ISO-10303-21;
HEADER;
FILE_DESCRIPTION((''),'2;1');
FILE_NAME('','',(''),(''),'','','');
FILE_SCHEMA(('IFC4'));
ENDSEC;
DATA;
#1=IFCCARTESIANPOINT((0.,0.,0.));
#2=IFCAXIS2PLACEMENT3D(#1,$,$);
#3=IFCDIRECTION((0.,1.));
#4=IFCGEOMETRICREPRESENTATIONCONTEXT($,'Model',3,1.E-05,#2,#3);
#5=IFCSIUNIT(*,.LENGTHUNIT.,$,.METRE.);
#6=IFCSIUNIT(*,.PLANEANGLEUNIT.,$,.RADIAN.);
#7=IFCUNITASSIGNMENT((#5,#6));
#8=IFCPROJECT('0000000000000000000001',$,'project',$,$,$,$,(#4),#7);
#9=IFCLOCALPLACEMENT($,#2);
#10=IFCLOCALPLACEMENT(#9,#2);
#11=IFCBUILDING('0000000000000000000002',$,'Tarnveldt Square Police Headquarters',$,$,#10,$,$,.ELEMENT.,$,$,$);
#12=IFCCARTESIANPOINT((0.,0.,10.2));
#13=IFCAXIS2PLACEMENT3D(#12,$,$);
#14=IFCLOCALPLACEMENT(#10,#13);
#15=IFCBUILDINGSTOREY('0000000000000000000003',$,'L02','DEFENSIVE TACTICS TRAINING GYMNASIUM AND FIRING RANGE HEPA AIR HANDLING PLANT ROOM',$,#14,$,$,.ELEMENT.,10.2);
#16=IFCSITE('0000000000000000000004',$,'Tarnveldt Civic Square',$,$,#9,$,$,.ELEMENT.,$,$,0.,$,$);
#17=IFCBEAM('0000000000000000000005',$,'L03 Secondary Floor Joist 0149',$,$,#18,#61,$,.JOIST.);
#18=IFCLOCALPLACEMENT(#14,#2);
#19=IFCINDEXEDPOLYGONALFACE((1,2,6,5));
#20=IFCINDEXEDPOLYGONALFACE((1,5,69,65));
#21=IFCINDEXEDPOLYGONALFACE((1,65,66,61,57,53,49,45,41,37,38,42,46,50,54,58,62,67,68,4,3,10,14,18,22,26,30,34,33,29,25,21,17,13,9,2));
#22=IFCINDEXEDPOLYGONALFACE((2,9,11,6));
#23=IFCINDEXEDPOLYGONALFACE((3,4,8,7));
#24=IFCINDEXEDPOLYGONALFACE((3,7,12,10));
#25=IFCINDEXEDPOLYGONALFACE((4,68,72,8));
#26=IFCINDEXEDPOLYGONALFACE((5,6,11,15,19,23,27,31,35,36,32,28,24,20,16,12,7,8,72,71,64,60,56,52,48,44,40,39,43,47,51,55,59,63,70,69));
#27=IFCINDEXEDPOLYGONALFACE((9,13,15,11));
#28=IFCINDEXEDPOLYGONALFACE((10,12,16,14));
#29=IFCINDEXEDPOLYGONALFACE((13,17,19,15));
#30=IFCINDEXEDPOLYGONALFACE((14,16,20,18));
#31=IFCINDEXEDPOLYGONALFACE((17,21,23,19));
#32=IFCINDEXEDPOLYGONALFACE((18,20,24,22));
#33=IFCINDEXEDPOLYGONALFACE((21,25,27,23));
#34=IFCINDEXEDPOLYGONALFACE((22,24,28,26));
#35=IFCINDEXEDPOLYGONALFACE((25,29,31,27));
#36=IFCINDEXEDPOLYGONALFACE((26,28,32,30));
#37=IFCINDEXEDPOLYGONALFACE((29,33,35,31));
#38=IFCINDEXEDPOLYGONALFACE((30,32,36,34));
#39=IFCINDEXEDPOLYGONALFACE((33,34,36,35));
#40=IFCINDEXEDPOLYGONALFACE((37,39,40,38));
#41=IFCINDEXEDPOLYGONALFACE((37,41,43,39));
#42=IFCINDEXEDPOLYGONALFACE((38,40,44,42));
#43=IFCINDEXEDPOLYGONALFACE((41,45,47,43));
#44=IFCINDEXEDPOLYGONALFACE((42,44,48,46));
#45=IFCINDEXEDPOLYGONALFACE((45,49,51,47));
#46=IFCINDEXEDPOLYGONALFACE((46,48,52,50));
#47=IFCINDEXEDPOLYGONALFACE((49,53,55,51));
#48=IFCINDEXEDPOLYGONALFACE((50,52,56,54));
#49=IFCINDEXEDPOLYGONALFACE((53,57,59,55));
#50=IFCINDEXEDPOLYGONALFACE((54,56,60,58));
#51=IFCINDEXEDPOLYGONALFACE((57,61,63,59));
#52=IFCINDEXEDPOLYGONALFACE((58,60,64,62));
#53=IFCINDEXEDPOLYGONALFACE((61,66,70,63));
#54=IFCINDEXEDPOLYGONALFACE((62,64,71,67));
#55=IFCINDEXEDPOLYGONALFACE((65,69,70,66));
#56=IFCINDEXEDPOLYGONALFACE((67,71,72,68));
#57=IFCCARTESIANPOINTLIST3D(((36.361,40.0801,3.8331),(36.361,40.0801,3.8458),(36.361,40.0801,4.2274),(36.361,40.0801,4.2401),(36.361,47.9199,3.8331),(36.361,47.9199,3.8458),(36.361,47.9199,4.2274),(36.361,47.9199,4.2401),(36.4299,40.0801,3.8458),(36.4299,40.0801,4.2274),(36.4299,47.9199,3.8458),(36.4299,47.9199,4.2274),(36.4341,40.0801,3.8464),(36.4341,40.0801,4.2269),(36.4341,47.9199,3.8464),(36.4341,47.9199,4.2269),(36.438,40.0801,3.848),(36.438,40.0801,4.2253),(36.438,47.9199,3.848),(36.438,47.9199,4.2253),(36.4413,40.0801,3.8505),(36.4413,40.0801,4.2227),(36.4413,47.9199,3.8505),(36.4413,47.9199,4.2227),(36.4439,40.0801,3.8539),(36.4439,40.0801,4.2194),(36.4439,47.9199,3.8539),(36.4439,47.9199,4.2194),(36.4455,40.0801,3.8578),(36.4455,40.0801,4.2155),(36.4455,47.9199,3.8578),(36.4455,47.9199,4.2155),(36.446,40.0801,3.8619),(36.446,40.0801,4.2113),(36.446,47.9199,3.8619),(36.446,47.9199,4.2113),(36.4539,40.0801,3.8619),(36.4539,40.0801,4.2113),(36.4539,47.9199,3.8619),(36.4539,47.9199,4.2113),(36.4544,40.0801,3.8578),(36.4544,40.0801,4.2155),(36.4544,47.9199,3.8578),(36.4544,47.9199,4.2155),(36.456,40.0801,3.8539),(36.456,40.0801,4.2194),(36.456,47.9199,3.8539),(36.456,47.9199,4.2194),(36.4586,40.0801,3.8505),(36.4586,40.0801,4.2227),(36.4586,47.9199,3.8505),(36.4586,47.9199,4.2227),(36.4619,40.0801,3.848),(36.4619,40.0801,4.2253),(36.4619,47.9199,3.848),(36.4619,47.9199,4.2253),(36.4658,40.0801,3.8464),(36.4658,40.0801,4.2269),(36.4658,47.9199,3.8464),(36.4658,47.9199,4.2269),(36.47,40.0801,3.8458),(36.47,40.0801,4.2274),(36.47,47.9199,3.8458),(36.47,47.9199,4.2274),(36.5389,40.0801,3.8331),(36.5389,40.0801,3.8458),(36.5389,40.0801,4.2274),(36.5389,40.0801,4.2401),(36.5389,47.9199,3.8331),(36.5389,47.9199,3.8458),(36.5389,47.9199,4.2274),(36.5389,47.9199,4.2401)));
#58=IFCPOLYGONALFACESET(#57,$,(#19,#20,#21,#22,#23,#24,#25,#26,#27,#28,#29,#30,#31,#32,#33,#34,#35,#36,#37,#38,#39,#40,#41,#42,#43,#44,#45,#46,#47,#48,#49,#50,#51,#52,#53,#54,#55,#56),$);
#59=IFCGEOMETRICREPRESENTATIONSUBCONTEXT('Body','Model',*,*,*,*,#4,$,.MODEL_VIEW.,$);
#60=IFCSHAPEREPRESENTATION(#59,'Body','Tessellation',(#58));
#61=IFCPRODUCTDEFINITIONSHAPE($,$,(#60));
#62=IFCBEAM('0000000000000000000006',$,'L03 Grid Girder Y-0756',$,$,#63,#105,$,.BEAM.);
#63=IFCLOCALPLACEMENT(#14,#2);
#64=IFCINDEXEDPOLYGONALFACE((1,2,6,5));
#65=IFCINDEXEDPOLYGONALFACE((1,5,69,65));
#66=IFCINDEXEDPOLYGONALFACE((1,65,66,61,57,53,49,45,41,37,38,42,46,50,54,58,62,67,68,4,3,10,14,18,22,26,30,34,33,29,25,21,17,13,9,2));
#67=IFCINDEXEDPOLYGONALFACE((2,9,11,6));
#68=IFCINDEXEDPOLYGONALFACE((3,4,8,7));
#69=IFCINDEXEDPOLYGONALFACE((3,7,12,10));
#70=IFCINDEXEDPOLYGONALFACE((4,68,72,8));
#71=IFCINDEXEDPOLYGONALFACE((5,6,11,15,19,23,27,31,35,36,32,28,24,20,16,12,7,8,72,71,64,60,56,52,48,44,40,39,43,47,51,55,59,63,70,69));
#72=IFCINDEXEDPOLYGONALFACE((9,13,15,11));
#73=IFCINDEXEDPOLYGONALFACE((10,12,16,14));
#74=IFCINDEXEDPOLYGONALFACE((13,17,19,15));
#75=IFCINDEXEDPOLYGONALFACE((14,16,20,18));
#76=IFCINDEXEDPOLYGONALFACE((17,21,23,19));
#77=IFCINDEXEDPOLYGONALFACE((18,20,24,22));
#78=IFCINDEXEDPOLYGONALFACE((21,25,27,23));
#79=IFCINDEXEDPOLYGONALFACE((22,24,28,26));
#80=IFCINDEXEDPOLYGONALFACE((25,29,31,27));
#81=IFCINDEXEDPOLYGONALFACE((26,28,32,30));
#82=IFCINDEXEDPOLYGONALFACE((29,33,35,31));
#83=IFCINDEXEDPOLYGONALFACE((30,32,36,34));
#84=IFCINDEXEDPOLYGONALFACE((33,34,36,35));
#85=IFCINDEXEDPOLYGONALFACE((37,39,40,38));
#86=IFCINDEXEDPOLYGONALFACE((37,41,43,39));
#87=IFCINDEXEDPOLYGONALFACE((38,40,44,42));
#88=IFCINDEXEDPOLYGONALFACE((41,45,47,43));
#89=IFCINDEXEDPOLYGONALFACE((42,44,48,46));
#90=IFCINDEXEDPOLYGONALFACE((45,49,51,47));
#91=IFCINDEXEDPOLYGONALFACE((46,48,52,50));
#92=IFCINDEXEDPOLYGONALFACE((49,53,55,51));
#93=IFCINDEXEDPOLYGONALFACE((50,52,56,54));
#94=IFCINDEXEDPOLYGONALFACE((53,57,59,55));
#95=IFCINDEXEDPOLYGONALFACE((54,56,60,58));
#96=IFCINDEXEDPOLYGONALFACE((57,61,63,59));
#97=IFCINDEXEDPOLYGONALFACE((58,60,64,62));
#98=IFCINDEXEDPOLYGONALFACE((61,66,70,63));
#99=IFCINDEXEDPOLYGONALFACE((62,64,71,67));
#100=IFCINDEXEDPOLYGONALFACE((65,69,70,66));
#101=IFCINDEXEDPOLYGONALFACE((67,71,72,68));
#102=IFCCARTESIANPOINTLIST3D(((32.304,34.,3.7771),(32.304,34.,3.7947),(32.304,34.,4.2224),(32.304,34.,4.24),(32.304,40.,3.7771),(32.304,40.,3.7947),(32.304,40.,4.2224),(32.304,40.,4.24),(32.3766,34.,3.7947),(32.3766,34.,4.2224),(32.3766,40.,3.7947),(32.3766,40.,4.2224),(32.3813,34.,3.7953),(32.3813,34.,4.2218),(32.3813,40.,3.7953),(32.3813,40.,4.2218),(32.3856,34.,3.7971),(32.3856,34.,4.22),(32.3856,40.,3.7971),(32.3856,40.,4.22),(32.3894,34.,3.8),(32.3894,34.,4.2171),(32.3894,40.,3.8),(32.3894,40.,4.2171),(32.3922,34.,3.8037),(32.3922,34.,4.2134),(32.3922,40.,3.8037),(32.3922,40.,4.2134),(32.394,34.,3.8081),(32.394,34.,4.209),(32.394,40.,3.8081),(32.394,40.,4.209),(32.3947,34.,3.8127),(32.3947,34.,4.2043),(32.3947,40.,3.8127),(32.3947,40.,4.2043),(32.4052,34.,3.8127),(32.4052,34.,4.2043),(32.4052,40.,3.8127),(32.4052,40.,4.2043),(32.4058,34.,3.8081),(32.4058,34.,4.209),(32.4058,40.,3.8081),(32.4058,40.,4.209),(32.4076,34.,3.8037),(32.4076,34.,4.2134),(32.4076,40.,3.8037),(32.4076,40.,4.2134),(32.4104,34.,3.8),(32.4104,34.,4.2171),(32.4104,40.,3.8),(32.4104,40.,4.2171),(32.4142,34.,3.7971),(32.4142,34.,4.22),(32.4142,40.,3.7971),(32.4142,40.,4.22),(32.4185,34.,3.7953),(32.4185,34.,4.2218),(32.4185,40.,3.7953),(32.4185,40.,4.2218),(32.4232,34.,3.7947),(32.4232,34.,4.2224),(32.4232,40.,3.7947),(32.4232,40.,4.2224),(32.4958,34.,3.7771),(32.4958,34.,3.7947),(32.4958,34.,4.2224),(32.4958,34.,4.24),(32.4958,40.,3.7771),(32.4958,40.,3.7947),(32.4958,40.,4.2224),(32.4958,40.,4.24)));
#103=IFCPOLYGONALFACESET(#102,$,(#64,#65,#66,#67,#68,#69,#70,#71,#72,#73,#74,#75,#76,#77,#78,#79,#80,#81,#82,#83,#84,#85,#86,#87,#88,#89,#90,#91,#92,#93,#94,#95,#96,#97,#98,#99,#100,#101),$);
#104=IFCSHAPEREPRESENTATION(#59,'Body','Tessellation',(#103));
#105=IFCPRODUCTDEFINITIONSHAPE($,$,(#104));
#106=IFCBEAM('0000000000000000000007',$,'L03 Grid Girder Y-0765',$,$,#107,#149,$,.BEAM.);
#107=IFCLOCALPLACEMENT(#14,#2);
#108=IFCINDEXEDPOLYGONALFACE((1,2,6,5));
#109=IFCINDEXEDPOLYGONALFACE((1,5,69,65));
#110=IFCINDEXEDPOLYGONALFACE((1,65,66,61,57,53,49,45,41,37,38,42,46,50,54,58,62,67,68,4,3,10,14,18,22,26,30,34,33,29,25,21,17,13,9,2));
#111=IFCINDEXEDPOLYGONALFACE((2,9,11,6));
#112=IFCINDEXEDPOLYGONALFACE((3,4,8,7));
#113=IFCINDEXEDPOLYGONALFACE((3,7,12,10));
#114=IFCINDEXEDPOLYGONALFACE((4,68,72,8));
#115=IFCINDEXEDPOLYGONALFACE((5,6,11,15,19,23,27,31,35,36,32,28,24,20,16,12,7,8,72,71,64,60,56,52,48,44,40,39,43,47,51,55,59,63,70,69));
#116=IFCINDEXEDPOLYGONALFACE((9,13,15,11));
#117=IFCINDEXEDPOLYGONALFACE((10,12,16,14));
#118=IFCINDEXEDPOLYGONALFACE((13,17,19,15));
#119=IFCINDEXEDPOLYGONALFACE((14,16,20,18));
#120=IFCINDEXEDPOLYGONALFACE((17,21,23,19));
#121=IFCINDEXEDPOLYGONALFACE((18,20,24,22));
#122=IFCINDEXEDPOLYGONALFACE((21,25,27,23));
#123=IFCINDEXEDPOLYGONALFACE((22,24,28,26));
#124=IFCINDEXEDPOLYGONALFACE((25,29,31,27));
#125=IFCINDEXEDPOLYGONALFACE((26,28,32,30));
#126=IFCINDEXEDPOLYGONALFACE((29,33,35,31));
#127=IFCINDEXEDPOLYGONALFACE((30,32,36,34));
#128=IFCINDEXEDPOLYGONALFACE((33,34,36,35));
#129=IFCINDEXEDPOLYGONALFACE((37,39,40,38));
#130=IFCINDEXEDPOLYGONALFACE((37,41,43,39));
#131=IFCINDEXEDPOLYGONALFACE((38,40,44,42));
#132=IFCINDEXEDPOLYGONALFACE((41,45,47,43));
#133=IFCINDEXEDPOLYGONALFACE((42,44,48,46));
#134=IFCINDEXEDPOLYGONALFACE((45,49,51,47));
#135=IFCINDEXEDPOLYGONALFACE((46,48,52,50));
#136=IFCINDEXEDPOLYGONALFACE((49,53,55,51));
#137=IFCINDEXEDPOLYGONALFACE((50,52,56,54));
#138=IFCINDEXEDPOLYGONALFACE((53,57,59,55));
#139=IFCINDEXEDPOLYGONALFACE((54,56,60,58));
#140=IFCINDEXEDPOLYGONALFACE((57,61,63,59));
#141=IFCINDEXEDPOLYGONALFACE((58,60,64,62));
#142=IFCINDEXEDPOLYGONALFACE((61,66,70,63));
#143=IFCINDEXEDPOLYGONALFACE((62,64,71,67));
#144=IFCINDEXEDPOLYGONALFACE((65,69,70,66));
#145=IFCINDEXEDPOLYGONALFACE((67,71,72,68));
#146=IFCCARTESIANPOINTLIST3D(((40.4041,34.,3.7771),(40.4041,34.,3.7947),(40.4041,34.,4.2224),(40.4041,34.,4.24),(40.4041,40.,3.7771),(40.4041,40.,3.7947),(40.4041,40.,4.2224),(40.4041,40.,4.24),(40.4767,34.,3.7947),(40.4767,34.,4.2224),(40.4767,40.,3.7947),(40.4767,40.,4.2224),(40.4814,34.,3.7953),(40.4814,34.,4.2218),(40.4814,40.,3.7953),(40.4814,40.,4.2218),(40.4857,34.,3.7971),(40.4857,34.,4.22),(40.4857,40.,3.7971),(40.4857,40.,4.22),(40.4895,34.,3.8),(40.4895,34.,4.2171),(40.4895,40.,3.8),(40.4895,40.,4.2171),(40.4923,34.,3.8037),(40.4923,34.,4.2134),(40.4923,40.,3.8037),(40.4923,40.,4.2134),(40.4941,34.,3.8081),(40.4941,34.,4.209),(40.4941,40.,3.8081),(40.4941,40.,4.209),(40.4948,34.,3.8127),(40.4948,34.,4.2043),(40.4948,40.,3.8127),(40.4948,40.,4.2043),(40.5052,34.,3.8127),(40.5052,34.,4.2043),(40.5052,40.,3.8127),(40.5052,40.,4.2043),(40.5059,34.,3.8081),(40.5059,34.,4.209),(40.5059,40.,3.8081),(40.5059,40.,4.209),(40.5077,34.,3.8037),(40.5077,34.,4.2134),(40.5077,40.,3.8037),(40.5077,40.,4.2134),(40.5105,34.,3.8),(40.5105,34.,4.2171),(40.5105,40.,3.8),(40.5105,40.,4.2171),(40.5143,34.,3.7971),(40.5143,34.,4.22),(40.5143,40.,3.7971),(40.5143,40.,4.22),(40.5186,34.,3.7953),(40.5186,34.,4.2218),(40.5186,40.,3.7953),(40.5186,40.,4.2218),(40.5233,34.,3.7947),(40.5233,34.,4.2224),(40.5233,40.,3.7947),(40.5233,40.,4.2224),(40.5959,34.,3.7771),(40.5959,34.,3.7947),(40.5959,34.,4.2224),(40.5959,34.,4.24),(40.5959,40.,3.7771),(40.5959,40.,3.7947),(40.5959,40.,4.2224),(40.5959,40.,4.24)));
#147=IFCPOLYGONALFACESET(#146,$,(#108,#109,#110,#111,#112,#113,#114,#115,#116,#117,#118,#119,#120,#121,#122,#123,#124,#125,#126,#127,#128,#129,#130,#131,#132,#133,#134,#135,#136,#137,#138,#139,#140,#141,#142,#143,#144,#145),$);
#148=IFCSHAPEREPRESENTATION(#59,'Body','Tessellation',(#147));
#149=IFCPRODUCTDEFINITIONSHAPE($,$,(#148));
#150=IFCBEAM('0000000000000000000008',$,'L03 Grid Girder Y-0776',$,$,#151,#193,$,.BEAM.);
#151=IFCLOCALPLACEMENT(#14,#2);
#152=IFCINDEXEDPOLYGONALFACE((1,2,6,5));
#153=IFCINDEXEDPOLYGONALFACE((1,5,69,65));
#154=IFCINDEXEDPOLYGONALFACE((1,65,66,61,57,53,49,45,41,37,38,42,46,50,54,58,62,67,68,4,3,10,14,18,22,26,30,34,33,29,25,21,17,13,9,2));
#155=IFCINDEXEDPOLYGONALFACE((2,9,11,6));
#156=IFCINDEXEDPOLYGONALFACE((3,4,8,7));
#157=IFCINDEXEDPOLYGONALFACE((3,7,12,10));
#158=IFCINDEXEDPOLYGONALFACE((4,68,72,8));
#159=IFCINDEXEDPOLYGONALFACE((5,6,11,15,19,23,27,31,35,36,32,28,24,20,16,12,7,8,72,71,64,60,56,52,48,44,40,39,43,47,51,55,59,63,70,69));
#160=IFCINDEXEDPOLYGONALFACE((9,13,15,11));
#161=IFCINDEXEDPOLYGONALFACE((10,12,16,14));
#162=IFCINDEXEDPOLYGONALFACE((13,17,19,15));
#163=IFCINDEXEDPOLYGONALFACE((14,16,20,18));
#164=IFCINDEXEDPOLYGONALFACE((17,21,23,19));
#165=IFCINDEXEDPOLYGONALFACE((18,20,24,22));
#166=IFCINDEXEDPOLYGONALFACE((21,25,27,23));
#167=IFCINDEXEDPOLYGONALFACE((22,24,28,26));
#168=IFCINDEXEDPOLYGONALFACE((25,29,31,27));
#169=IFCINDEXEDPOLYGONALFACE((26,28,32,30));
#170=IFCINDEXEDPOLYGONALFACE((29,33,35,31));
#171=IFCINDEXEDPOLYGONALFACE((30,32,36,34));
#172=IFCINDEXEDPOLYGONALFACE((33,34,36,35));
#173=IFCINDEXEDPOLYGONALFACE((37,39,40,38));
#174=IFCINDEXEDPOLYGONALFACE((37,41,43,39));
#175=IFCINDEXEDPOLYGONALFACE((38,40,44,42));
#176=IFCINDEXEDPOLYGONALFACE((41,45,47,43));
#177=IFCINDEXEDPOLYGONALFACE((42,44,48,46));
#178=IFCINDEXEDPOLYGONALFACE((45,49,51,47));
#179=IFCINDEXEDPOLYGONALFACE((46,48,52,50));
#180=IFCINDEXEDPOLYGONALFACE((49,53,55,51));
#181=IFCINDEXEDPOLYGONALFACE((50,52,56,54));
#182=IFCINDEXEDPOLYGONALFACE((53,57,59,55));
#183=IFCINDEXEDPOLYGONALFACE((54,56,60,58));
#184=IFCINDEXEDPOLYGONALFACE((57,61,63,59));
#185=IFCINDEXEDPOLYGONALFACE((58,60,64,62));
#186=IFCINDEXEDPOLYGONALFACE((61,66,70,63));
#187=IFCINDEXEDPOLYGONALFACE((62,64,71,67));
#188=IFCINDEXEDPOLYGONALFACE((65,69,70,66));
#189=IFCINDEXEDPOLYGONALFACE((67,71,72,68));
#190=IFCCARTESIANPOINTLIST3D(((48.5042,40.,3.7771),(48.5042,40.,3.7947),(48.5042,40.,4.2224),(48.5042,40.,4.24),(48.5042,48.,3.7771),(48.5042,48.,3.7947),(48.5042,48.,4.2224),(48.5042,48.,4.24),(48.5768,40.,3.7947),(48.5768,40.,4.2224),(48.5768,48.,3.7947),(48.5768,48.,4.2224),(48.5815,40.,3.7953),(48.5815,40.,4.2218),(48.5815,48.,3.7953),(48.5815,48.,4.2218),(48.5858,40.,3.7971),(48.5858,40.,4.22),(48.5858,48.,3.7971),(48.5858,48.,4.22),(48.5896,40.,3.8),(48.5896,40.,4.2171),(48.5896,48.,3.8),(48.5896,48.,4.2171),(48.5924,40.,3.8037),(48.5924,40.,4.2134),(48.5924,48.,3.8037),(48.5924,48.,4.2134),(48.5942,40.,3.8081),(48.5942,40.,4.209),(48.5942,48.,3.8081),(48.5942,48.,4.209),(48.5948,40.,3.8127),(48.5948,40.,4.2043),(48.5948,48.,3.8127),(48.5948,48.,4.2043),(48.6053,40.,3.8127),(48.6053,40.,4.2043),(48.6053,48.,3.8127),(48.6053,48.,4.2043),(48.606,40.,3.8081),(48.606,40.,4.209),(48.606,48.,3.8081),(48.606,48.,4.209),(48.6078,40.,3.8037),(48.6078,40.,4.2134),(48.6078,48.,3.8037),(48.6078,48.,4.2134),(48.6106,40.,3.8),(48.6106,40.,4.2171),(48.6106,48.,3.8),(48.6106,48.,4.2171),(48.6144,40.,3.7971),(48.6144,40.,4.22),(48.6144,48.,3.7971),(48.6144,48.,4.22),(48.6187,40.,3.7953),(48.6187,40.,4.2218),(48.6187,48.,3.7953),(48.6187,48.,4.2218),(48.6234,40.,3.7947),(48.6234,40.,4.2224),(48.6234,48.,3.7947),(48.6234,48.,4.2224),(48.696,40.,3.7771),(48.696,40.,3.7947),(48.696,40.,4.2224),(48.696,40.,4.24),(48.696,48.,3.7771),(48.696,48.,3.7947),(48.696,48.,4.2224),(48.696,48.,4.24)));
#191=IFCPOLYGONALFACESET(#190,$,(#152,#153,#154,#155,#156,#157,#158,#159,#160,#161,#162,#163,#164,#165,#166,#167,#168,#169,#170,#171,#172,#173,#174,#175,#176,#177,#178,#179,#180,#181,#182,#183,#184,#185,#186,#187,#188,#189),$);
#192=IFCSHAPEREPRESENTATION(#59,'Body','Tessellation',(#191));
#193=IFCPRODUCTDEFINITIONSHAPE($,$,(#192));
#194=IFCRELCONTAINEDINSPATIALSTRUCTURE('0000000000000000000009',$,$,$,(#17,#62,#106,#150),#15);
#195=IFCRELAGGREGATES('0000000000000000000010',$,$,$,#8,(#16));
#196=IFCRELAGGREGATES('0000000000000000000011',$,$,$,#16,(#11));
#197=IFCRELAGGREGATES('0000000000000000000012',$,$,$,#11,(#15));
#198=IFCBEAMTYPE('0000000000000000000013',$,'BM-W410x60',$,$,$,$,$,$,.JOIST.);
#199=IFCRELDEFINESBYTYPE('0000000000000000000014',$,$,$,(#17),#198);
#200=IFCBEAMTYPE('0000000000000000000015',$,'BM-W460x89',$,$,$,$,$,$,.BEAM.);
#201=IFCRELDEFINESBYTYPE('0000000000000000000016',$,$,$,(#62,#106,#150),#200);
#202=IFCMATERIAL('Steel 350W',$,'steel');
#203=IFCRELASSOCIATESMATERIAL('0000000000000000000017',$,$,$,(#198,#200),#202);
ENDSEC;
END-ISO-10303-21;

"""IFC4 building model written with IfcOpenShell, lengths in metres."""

from ifc_helpers import new_model, si_unit, direction, frame, origin, origin_2d, place, context, subcontext, project, spatial, i_section, extrude, material, material_profile, profile_set, type_object, element, save


model = new_model("IFC4")

# Units and contexts
model_context = context("Model", 3, precision=1e-05, world=origin(), true_north=direction((0.0, 1.0)))
body_context = subcontext(model_context, "Body", "Model", "MODEL_VIEW")
ifc_project = project(units=[si_unit("LENGTHUNIT", "METRE"), si_unit("PLANEANGLEUNIT", "RADIAN")], contexts=[model_context])

# Site, building, storey
site_placement = place(None, origin())
site = spatial("IfcSite", under=ifc_project, at=site_placement, Name="Tarnveldt Civic Square", CompositionType="ELEMENT", RefElevation=0.0)
building_placement = place(site_placement, origin())
building = spatial("IfcBuilding", under=site, at=building_placement, Name="Tarnveldt Square Police Headquarters", CompositionType="ELEMENT")
storey_placement = place(building_placement, frame((0.0, 0.0, 10.2)))
storey = spatial("IfcBuildingStorey", under=building, at=storey_placement, Name="L02", Description="DEFENSIVE TACTICS TRAINING GYMNASIUM AND FIRING RANGE HEPA AIR HANDLING PLANT ROOM", CompositionType="ELEMENT", Elevation=10.2)

# Beams
ifc_material_1 = material(Name="Steel 350W", Category="steel")
ifc_material_profile_1 = material_profile(ifc_material_1, i_section(OverallWidth=0.178, OverallDepth=0.407, WebThickness=0.0078, FlangeThickness=0.0127, FilletRadius=0.0161, at=origin_2d()), Name="W410x60")
ifc_profile_set_1 = profile_set([ifc_material_profile_1], Name="Steel 350W")
beam_type_1 = type_object("IfcBeamType", Name="BM-W410x60", PredefinedType="JOIST", material=ifc_profile_set_1)
beam_1_placement = place(storey_placement, frame((36.45, 40.0801, 4.0366), z_axis=(0.0, 1.0, 0.0), x_axis=(-1.0, 0.0, 0.0)))
element("IfcBeam", 1, at=beam_1_placement, inside=storey, type_object=beam_type_1, Name="L03 Secondary Floor Joist 0149", PredefinedType="JOIST", context=body_context, shape_type="SweptSolid", body=[
    extrude(i_section(OverallWidth=0.178, OverallDepth=0.407, WebThickness=0.0078, FlangeThickness=0.0127, FilletRadius=0.0161, at=origin_2d()), origin(), (0.0, 0.0, 1.0), 7.8398),
])
ifc_material_profile_2 = material_profile(ifc_material_1, i_section(OverallWidth=0.1919, OverallDepth=0.4629, WebThickness=0.0105, FlangeThickness=0.0176, FilletRadius=0.0181, at=origin_2d()), Name="W460x89")
ifc_profile_set_2 = profile_set([ifc_material_profile_2], Name="Steel 350W")
beam_type_2 = type_object("IfcBeamType", Name="BM-W460x89", PredefinedType="BEAM", material=ifc_profile_set_2)
for number, where, z_axis, x_axis, name in (
    (2, (32.3999, 34.0, 4.0085), (0.0, 1.0, 0.0), (-1.0, 0.0, 0.0), "L03 Grid Girder Y-0756"),
    (3, (40.5, 34.0, 4.0085), (0.0, 1.0, 0.0), (-1.0, 0.0, 0.0), "L03 Grid Girder Y-0765"),
):
    element("IfcBeam", number, at=place(storey_placement, frame(where, z_axis=z_axis, x_axis=x_axis)), inside=storey, type_object=beam_type_2, Name=name, PredefinedType="BEAM", context=body_context, shape_type="SweptSolid", body=[
        extrude(i_section(OverallWidth=0.1919, OverallDepth=0.4629, WebThickness=0.0105, FlangeThickness=0.0176, FilletRadius=0.0181, at=origin_2d()), origin(), (0.0, 0.0, 1.0), 6.0),
    ])
beam_2_placement = place(storey_placement, frame((48.6001, 40.0, 4.0085), z_axis=(0.0, 1.0, 0.0), x_axis=(-1.0, 0.0, 0.0)))
element("IfcBeam", 4, at=beam_2_placement, inside=storey, type_object=beam_type_2, Name="L03 Grid Girder Y-0776", PredefinedType="BEAM", context=body_context, shape_type="SweptSolid", body=[
    extrude(i_section(OverallWidth=0.1919, OverallDepth=0.4629, WebThickness=0.0105, FlangeThickness=0.0176, FilletRadius=0.0181, at=origin_2d()), origin(), (0.0, 0.0, 1.0), 8.0),
])

save(model, "model.ifc")
